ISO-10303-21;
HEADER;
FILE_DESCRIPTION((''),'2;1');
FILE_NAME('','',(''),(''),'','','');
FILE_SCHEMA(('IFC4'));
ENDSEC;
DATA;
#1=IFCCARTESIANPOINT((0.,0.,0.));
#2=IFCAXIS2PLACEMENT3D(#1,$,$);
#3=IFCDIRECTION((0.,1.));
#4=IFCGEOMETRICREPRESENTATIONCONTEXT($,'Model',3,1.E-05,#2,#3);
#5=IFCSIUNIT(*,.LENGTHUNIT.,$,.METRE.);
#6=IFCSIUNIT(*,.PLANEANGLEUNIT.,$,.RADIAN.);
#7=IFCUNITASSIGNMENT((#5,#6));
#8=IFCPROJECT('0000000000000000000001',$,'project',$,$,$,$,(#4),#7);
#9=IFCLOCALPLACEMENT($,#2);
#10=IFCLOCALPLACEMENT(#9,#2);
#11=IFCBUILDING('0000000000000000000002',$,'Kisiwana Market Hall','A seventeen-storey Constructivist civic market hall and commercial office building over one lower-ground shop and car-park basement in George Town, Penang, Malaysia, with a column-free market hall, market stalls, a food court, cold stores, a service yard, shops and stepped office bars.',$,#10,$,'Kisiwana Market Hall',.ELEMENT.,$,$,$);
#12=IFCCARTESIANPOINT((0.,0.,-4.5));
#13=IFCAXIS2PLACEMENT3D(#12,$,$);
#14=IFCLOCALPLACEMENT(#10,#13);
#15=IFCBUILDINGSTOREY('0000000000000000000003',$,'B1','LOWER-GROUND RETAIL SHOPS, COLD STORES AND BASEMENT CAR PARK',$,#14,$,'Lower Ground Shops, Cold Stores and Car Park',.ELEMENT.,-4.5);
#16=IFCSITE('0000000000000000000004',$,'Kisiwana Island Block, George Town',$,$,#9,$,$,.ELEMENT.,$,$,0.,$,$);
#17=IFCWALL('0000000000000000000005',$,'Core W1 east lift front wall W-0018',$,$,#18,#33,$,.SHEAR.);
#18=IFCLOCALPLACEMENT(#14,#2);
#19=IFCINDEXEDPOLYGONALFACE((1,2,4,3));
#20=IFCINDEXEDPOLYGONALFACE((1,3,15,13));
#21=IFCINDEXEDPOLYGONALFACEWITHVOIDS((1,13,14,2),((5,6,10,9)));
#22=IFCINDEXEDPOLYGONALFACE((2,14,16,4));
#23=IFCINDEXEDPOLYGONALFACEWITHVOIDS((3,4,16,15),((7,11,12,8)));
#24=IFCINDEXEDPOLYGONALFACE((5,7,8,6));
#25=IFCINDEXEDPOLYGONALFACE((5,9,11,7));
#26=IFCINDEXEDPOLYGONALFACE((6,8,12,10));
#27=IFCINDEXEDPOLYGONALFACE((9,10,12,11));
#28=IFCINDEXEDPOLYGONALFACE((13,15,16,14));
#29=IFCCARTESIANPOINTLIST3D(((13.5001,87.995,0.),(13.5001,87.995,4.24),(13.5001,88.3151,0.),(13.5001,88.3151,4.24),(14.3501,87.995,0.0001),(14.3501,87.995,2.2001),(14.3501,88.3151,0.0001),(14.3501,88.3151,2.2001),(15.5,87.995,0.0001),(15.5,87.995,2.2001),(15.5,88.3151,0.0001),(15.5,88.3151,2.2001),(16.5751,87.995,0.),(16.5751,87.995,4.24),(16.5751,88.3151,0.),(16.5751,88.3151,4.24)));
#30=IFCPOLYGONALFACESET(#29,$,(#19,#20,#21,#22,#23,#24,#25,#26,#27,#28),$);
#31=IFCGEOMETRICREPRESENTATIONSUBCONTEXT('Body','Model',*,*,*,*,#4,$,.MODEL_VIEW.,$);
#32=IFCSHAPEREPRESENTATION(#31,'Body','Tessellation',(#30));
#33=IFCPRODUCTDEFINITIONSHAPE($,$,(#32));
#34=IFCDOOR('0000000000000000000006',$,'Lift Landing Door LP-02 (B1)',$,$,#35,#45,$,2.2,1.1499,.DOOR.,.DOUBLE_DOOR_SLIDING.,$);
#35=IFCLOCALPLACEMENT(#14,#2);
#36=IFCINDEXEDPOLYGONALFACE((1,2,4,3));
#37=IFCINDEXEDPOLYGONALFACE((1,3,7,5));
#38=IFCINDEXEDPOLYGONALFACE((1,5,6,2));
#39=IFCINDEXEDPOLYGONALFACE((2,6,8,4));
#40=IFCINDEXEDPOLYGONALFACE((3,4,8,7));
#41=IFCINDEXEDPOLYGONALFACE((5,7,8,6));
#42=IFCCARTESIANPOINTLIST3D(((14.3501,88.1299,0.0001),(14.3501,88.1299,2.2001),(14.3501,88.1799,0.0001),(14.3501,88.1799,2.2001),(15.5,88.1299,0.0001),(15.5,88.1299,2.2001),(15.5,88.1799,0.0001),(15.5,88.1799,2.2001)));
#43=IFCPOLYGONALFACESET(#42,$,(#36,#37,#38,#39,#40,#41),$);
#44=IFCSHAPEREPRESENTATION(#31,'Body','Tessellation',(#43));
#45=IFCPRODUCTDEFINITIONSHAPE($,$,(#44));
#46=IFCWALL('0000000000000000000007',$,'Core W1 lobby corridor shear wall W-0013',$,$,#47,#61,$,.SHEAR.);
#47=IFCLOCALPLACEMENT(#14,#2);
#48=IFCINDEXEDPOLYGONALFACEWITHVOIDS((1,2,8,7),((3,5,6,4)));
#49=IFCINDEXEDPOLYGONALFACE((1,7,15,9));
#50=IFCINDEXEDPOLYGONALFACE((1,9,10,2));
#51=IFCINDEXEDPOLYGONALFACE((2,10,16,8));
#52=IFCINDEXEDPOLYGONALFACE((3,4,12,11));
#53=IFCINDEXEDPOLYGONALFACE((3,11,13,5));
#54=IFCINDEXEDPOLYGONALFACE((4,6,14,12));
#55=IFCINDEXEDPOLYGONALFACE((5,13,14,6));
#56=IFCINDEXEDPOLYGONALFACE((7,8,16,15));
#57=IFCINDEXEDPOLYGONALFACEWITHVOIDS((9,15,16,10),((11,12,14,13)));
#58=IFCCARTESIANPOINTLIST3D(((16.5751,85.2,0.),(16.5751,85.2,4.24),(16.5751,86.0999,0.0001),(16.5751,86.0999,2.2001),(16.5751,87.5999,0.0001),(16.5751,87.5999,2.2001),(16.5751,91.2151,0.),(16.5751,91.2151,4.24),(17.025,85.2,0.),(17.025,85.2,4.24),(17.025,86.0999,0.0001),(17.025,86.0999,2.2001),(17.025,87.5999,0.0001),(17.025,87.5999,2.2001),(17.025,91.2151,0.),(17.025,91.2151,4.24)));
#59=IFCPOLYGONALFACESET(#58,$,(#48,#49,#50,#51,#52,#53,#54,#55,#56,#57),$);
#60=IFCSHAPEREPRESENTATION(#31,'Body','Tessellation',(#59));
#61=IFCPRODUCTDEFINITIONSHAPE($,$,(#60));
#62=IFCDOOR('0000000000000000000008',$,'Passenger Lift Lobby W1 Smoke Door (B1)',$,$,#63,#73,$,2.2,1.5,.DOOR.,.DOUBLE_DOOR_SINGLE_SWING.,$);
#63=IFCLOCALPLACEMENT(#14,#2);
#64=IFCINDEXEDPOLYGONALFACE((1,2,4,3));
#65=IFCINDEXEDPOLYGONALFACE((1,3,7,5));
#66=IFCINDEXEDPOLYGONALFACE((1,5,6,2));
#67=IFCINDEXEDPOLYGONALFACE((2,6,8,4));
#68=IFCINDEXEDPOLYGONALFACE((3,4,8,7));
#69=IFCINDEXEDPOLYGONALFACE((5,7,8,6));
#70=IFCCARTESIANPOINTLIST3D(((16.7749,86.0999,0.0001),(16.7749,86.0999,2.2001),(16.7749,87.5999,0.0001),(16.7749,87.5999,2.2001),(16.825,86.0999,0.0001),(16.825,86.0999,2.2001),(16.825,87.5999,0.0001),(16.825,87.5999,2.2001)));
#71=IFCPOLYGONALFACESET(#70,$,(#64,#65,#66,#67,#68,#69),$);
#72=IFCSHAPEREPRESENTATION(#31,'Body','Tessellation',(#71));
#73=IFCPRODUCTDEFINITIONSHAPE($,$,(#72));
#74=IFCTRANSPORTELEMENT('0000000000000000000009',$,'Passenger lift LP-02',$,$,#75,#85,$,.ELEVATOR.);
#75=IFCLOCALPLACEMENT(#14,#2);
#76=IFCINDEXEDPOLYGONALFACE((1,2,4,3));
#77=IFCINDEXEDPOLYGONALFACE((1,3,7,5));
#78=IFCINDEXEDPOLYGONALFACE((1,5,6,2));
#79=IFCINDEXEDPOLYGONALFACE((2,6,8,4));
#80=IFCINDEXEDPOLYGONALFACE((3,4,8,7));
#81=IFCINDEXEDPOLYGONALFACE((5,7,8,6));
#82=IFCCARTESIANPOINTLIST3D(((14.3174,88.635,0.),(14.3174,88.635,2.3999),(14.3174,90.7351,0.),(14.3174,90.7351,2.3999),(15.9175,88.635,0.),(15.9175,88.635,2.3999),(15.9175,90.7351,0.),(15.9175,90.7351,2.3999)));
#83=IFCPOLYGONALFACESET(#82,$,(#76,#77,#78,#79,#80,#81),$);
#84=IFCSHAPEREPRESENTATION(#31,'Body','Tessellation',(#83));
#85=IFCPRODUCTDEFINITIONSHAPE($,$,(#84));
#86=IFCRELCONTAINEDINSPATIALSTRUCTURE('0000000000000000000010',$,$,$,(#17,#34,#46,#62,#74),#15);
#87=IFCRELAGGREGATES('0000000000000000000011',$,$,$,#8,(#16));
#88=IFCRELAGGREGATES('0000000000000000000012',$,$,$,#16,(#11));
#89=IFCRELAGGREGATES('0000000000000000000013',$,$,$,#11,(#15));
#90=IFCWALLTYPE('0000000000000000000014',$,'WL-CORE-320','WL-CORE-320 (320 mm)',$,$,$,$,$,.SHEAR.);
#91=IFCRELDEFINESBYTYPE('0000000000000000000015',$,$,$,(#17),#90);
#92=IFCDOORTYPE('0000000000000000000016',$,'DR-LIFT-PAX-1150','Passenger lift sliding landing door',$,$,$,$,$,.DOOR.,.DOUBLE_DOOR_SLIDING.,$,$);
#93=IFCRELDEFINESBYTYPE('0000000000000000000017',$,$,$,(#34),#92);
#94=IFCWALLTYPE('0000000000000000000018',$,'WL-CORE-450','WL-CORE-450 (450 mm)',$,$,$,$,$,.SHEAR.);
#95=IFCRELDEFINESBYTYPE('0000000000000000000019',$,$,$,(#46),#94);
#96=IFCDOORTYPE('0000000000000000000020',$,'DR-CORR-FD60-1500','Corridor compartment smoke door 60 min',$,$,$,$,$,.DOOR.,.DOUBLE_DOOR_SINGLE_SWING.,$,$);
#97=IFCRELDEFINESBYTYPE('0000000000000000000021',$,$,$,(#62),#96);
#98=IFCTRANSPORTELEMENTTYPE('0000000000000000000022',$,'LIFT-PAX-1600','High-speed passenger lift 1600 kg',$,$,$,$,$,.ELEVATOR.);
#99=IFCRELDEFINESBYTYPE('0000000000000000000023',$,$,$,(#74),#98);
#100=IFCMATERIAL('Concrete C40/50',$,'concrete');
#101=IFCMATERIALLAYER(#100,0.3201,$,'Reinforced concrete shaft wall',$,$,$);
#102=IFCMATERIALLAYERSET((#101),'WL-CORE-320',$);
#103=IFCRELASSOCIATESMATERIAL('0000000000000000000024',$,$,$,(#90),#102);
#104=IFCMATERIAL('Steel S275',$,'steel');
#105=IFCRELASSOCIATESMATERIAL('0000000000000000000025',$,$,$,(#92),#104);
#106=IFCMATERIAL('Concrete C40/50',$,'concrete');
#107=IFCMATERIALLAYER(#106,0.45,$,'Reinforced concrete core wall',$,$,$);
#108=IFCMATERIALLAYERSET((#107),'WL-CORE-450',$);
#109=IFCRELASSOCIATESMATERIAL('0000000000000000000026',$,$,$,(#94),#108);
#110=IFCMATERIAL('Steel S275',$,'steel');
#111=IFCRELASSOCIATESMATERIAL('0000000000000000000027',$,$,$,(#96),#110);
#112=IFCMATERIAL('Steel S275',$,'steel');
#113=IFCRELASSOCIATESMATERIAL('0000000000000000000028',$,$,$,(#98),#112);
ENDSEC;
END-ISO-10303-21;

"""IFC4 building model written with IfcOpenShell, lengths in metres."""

from ifc_helpers import new_model, si_unit, direction, frame, frame_2d, origin, origin_2d, place, context, subcontext, project, spatial, rectangle, extrude, material, layer, layer_set, type_object, element, fill, save


model = new_model("IFC4")

# Units and contexts
model_context = context("Model", 3, precision=1e-05, world=origin(), true_north=direction((0.0, 1.0)))
body_context = subcontext(model_context, "Body", "Model", "MODEL_VIEW")
ifc_project = project(units=[si_unit("LENGTHUNIT", "METRE"), si_unit("PLANEANGLEUNIT", "RADIAN")], contexts=[model_context])

# Site, building, storey
site_placement = place(None, origin())
site = spatial("IfcSite", under=ifc_project, at=site_placement, Name="Kisiwana Island Block, George Town", CompositionType="ELEMENT", RefElevation=0.0)
building_placement = place(site_placement, origin())
building = spatial("IfcBuilding", under=site, at=building_placement, Name="Kisiwana Market Hall", Description="A seventeen-storey Constructivist civic market hall and commercial office building over one lower-ground shop and car-park basement in George Town, Penang, Malaysia, with a column-free market hall, market stalls, a food court, cold stores, a service yard, shops and stepped office bars.", LongName="Kisiwana Market Hall", CompositionType="ELEMENT")
storey_placement = place(building_placement, frame((0.0, 0.0, -4.5)))
storey = spatial("IfcBuildingStorey", under=building, at=storey_placement, Name="B1", Description="LOWER-GROUND RETAIL SHOPS, COLD STORES AND BASEMENT CAR PARK", LongName="Lower Ground Shops, Cold Stores and Car Park", CompositionType="ELEMENT", Elevation=-4.5)

# Shared definitions
ifc_material_1 = material(Name="Concrete C40/50", Category="concrete")
ifc_layer_1 = layer(ifc_material_1, 0.3201, Name="Reinforced concrete shaft wall")
ifc_layer_set_1 = layer_set([ifc_layer_1], Name="WL-CORE-320")
wall_type_1 = type_object("IfcWallType", Name="WL-CORE-320", Description="WL-CORE-320 (320 mm)", PredefinedType="SHEAR", material=ifc_layer_set_1)

# Walls, openings, doors
wall_1_placement = place(storey_placement, frame((13.5, 88.155, 0.0), z_axis=(0.0, 0.0, 1.0), x_axis=(1.0, 0.0, 0.0)))
wall_1 = element("IfcWall", 1, at=wall_1_placement, inside=storey, type_object=wall_type_1, Name="Core W1 east lift front wall W-0018", PredefinedType="SHEAR", context=body_context, shape_type="SweptSolid", body=[
    extrude(rectangle(XDim=3.075, YDim=0.3201, at=frame_2d((1.5376, 0.0))), origin(), (0.0, 0.0, 1.0), 4.24),
])
opening_1_placement = place(wall_1_placement, frame((0.8501, 0.0, 0.0)))
opening_1 = element("IfcOpeningElement", 2, at=opening_1_placement, cuts=wall_1, PredefinedType="OPENING", context=body_context, shape_type="SweptSolid", body=[
    extrude(rectangle(XDim=1.1499, YDim=2.2, at=frame_2d((0.575, 1.1001))), frame((0.0, 0.1719, 0.0), z_axis=(0.0, -1.0, 0.0), x_axis=(1.0, 0.0, 0.0)), (0.0, 0.0, 1.0), 0.344),
])
ifc_material_2 = material(Name="Steel S275", Category="steel")
door_type_1 = type_object("IfcDoorType", Name="DR-LIFT-PAX-1150", Description="Passenger lift sliding landing door", OperationType="DOUBLE_DOOR_SLIDING", PredefinedType="DOOR", material=ifc_material_2)
door_1_placement = place(opening_1_placement, origin())
door_1 = element("IfcDoor", 3, at=door_1_placement, inside=storey, type_object=door_type_1, Name="Lift Landing Door LP-02 (B1)", OperationType="DOUBLE_DOOR_SLIDING", OverallHeight=2.2, OverallWidth=1.1499, PredefinedType="DOOR", context=body_context, shape_type="SweptSolid", body=[
    extrude(rectangle(XDim=1.1499, YDim=2.2, at=frame_2d((0.575, 1.1001))), frame((0.0, 0.0249, 0.0), z_axis=(0.0, -1.0, 0.0), x_axis=(1.0, 0.0, 0.0)), (0.0, 0.0, 1.0), 0.05),
])
fill(opening_1, door_1)
ifc_material_3 = material(Name="Concrete C40/50", Category="concrete")
ifc_layer_2 = layer(ifc_material_3, 0.45, Name="Reinforced concrete core wall")
ifc_layer_set_2 = layer_set([ifc_layer_2], Name="WL-CORE-450")
wall_type_2 = type_object("IfcWallType", Name="WL-CORE-450", Description="WL-CORE-450 (450 mm)", PredefinedType="SHEAR", material=ifc_layer_set_2)
wall_2_placement = place(storey_placement, frame((16.8, 85.2, 0.0), z_axis=(0.0, 0.0, 1.0), x_axis=(0.0, 1.0, 0.0)))
wall_2 = element("IfcWall", 4, at=wall_2_placement, inside=storey, type_object=wall_type_2, Name="Core W1 lobby corridor shear wall W-0013", PredefinedType="SHEAR", context=body_context, shape_type="SweptSolid", body=[
    extrude(rectangle(XDim=6.0151, YDim=0.45, at=frame_2d((3.0076, 0.0))), origin(), (0.0, 0.0, 1.0), 4.24),
])
opening_2_placement = place(wall_2_placement, frame((0.8999, 0.0, 0.0)))
opening_2 = element("IfcOpeningElement", 5, at=opening_2_placement, cuts=wall_2, PredefinedType="OPENING", context=body_context, shape_type="SweptSolid", body=[
    extrude(rectangle(XDim=1.5, YDim=2.2, at=frame_2d((0.75, 1.1001))), frame((0.0, 0.2368, 0.0), z_axis=(0.0, -1.0, 0.0), x_axis=(1.0, 0.0, 0.0)), (0.0, 0.0, 1.0), 0.4739),
])
ifc_material_4 = material(Name="Steel S275", Category="steel")
door_type_2 = type_object("IfcDoorType", Name="DR-CORR-FD60-1500", Description="Corridor compartment smoke door 60 min", OperationType="DOUBLE_DOOR_SINGLE_SWING", PredefinedType="DOOR", material=ifc_material_4)
door_2_placement = place(opening_2_placement, frame((1.5, 0.0, 0.0), z_axis=(0.0, 0.0, 1.0), x_axis=(-1.0, 0.0, 0.0)))
door_2 = element("IfcDoor", 6, at=door_2_placement, inside=storey, type_object=door_type_2, Name="Passenger Lift Lobby W1 Smoke Door (B1)", OperationType="DOUBLE_DOOR_SINGLE_SWING", OverallHeight=2.2, OverallWidth=1.5, PredefinedType="DOOR", context=body_context, shape_type="SweptSolid", body=[
    extrude(rectangle(XDim=1.5, YDim=2.2, at=frame_2d((0.75, 1.1001))), frame((0.0, 0.0249, 0.0), z_axis=(0.0, -1.0, 0.0), x_axis=(1.0, 0.0, 0.0)), (0.0, 0.0, 1.0), 0.05),
])
fill(opening_2, door_2)

# Transport element
ifc_material_5 = material(Name="Steel S275", Category="steel")
transport_element_type = type_object("IfcTransportElementType", Name="LIFT-PAX-1600", Description="High-speed passenger lift 1600 kg", PredefinedType="ELEVATOR", material=ifc_material_5)
transport_element_placement = place(storey_placement, frame((15.1174, 89.6851, 0.0), z_axis=(0.0, 0.0, 1.0), x_axis=(1.0, 0.0, 0.0)))
element("IfcTransportElement", 7, at=transport_element_placement, inside=storey, type_object=transport_element_type, Name="Passenger lift LP-02", PredefinedType="ELEVATOR", context=body_context, shape_type="SweptSolid", body=[
    extrude(rectangle(XDim=1.6001, YDim=2.1001, at=origin_2d()), origin(), (0.0, 0.0, 1.0), 2.3999),
])

save(model, "model.ifc")
